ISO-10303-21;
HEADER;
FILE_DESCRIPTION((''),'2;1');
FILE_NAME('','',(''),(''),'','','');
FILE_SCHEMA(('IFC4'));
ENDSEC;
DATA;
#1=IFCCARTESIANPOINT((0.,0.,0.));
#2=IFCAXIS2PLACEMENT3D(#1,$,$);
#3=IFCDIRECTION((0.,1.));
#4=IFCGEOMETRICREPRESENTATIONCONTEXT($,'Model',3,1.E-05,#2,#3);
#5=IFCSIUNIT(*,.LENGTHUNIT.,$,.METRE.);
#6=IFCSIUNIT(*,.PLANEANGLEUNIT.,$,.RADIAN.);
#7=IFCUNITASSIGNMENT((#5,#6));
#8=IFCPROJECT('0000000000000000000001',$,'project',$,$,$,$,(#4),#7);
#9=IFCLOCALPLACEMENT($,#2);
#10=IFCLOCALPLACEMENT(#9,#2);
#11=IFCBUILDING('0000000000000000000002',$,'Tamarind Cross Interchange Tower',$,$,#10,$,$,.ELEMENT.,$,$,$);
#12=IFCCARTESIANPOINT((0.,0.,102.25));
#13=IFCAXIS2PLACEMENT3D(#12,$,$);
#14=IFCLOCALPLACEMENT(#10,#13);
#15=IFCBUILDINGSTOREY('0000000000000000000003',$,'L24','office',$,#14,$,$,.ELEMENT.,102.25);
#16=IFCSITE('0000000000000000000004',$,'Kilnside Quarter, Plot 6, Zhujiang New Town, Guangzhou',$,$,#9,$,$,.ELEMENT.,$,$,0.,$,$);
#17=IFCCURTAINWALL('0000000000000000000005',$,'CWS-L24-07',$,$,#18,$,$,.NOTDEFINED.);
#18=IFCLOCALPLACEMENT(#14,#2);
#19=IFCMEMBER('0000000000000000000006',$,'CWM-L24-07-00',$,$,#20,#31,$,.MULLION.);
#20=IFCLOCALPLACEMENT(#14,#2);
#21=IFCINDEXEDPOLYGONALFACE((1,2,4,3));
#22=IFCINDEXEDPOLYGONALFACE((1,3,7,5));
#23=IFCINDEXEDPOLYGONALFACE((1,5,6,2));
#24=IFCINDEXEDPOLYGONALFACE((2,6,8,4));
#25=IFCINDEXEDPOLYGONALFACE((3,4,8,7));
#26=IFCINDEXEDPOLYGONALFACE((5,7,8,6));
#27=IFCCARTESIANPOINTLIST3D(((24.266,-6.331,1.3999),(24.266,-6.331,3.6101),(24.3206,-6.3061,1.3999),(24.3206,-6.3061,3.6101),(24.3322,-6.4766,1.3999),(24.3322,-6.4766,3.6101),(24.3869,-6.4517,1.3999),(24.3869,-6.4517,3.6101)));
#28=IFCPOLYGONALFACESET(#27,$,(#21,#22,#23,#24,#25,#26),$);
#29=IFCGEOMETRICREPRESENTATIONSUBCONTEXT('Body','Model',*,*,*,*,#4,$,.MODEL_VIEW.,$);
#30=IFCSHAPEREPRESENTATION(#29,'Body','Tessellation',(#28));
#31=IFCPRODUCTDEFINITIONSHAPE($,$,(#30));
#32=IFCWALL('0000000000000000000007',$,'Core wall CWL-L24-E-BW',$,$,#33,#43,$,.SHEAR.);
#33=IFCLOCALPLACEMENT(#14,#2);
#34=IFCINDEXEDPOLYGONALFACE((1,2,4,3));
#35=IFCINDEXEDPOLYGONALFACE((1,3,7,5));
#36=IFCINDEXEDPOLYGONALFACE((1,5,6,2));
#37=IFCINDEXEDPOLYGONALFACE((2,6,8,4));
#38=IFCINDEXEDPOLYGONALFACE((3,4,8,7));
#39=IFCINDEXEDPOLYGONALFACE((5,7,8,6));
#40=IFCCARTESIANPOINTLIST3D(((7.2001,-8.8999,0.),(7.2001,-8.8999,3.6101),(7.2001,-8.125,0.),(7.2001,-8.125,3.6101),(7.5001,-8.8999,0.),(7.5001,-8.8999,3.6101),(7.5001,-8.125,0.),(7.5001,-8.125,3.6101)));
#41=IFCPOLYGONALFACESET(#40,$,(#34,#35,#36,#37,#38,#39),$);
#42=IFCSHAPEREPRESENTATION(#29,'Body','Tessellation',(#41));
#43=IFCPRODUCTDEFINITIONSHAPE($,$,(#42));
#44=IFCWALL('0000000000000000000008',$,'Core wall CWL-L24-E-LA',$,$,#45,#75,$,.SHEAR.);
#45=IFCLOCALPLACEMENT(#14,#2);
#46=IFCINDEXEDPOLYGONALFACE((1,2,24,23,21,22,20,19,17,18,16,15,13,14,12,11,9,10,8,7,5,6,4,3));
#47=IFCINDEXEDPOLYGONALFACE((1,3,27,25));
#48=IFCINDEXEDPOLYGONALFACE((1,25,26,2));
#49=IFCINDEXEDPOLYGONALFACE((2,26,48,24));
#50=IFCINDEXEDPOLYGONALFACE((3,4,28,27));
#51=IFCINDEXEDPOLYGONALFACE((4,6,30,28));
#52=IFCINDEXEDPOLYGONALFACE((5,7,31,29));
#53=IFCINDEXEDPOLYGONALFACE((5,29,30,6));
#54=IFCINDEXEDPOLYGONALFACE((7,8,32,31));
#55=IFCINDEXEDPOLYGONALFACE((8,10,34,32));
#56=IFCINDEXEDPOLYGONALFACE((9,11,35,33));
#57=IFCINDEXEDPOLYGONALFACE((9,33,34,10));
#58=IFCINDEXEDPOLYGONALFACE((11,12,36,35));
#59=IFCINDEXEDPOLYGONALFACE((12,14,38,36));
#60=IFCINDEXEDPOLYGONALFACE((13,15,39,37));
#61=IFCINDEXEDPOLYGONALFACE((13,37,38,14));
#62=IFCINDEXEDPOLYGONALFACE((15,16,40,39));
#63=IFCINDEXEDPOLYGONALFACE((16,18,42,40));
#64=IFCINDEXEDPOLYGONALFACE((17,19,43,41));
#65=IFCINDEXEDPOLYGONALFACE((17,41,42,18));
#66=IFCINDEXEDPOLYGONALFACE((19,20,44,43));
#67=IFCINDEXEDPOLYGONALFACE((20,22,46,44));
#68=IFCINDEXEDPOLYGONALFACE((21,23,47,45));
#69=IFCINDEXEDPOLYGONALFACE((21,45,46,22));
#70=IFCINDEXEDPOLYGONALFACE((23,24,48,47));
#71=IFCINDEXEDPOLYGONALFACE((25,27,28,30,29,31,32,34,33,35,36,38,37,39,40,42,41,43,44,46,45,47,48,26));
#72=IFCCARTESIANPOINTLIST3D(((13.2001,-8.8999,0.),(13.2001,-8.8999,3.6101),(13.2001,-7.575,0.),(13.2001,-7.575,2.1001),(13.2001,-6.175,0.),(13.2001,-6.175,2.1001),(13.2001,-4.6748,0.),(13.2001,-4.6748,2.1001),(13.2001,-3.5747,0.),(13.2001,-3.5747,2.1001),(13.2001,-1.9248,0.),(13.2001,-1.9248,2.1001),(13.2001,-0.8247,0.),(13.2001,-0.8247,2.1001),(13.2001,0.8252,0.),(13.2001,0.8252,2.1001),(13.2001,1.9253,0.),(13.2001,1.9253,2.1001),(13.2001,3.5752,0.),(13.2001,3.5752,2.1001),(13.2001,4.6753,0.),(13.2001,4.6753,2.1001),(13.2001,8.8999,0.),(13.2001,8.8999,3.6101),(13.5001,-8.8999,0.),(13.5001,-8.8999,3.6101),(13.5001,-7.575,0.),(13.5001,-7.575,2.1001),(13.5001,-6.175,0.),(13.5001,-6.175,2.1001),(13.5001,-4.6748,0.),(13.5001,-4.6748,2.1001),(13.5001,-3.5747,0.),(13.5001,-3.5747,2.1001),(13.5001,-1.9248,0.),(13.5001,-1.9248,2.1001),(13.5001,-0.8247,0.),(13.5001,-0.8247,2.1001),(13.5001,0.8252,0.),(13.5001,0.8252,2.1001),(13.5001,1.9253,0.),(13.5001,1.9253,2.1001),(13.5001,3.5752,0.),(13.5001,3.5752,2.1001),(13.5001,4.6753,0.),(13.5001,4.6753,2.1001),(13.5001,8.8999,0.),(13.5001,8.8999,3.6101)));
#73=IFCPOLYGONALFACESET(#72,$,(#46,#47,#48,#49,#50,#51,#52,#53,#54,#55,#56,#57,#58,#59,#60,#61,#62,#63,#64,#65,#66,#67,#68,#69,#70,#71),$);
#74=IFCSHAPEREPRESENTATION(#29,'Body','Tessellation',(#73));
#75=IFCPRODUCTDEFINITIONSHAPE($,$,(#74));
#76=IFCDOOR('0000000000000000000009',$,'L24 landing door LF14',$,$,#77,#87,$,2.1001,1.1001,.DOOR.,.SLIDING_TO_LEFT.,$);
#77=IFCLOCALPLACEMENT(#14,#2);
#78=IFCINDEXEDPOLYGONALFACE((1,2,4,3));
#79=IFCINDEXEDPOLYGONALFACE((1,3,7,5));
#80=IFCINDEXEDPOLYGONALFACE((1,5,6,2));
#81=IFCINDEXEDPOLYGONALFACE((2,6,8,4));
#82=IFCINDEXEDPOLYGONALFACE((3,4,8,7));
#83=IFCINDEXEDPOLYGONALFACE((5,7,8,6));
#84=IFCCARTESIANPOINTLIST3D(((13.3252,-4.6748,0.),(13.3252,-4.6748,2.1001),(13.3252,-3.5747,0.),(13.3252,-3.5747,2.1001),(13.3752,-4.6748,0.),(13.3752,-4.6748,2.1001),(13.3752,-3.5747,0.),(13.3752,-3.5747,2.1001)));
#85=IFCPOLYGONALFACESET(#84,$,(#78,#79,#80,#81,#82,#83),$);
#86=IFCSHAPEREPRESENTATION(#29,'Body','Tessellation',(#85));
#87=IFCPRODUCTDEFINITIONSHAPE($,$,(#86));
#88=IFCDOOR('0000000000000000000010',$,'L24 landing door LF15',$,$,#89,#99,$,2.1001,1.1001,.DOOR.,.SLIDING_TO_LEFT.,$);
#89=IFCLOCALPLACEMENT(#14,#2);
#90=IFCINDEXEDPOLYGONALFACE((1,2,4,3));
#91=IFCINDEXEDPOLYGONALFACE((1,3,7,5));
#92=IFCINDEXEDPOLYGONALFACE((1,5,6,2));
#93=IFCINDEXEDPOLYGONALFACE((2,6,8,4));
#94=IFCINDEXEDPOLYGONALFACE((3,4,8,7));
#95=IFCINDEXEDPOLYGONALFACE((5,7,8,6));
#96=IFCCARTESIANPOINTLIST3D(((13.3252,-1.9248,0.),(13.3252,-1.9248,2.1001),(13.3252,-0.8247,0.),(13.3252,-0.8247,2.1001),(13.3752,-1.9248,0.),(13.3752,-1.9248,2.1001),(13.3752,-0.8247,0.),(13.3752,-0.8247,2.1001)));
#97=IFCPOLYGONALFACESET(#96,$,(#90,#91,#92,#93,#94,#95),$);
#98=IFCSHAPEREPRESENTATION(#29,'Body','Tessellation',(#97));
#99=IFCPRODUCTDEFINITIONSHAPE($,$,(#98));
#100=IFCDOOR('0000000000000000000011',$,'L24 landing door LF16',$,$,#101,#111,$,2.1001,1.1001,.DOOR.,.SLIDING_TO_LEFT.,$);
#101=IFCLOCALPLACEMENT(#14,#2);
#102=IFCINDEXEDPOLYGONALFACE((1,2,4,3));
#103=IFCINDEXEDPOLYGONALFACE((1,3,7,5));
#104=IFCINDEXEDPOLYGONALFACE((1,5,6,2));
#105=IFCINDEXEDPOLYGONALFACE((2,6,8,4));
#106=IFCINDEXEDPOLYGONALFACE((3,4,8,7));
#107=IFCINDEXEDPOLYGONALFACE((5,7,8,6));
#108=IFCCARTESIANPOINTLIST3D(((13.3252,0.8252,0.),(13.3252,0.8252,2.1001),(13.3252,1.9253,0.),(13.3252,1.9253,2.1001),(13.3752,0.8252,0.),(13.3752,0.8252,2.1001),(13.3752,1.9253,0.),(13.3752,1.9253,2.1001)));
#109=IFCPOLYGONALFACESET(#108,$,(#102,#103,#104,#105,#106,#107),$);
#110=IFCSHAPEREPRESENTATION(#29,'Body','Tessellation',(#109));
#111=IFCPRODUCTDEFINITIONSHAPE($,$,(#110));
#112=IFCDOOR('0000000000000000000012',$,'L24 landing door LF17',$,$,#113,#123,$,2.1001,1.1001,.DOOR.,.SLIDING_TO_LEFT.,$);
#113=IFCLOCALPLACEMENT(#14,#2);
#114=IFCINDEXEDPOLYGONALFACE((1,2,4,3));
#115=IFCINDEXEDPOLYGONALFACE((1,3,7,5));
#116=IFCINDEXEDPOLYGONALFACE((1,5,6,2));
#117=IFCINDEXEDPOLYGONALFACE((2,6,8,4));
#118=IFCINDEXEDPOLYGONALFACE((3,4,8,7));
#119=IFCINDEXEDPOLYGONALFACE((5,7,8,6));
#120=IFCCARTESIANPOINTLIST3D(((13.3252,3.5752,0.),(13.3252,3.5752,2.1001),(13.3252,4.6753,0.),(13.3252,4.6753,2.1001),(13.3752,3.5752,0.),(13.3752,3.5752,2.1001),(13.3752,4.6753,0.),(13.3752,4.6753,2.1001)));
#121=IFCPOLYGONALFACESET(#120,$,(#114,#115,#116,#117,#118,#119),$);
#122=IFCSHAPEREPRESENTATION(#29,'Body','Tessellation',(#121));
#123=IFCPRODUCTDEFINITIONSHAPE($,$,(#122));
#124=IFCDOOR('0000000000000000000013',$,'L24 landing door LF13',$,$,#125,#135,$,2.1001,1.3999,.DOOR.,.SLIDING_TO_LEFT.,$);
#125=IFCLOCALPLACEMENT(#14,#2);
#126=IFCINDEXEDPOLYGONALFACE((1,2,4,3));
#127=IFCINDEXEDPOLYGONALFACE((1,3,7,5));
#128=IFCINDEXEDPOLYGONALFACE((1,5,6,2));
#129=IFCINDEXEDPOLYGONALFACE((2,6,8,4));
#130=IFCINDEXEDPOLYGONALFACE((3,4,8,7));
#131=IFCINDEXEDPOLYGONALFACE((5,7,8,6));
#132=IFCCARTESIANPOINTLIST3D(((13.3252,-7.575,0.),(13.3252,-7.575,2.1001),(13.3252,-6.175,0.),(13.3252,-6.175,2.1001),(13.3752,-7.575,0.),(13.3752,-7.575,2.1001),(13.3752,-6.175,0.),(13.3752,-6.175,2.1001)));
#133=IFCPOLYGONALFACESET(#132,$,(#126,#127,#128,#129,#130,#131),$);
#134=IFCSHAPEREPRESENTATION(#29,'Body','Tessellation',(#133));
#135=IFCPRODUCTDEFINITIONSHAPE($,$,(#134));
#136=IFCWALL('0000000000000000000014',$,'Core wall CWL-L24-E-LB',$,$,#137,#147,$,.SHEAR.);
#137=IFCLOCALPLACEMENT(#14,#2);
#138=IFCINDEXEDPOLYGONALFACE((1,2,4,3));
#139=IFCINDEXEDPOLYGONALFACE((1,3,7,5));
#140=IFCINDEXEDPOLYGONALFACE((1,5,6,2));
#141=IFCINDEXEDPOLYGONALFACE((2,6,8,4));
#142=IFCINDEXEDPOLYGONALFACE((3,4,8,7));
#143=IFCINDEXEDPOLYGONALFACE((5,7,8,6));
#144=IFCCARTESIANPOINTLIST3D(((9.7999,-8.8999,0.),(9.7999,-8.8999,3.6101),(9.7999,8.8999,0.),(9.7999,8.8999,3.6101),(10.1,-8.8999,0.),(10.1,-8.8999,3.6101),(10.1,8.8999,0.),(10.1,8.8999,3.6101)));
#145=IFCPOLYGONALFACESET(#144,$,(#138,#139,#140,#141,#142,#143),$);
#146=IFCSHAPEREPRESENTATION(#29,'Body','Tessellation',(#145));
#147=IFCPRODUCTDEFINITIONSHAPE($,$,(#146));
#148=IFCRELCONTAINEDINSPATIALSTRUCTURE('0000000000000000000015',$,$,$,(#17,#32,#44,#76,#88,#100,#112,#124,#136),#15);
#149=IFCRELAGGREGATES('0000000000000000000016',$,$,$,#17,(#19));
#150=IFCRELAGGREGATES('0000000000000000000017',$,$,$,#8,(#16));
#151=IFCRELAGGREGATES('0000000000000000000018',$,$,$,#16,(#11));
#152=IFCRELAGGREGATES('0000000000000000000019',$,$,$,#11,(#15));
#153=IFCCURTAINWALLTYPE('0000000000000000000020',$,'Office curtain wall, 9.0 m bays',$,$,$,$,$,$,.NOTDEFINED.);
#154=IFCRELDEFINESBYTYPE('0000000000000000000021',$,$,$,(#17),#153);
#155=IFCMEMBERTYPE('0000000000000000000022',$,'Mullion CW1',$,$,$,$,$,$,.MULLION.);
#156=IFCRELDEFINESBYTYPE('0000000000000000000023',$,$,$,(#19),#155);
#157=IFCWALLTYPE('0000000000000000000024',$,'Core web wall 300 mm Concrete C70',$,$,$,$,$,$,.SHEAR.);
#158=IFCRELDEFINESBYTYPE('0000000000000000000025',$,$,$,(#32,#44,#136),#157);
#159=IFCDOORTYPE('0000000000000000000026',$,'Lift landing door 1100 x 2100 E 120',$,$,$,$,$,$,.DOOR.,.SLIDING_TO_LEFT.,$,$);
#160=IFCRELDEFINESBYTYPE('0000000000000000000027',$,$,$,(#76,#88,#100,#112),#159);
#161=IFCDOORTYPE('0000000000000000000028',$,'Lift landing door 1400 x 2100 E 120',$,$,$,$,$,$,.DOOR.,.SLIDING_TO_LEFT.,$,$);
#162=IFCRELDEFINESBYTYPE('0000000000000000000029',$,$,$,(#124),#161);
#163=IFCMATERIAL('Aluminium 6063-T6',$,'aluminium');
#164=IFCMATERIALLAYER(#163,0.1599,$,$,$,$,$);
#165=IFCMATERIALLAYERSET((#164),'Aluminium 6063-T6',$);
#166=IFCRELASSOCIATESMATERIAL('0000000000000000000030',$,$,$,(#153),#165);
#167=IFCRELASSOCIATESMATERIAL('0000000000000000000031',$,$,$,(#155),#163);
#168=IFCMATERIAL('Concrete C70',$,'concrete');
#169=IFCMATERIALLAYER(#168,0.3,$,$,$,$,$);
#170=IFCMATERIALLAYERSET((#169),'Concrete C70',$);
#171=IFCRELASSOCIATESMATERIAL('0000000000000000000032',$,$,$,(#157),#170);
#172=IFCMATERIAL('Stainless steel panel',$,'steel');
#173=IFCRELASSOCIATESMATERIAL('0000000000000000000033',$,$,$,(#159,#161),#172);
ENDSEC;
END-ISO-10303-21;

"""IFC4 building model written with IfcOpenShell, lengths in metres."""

from ifc_helpers import new_model, si_unit, direction, frame, frame_2d, origin, origin_2d, place, context, subcontext, project, spatial, rectangle, extrude, material, layer, layer_set, material_profile, profile_set, type_object, element, fill, aggregate, save


model = new_model("IFC4")

# Units and contexts
model_context = context("Model", 3, precision=1e-05, world=origin(), true_north=direction((0.0, 1.0)))
body_context = subcontext(model_context, "Body", "Model", "MODEL_VIEW")
ifc_project = project(units=[si_unit("LENGTHUNIT", "METRE"), si_unit("PLANEANGLEUNIT", "RADIAN")], contexts=[model_context])

# Site, building, storey
site_placement = place(None, origin())
site = spatial("IfcSite", under=ifc_project, at=site_placement, Name="Kilnside Quarter, Plot 6, Zhujiang New Town, Guangzhou", CompositionType="ELEMENT", RefElevation=0.0)
building_placement = place(site_placement, origin())
building = spatial("IfcBuilding", under=site, at=building_placement, Name="Tamarind Cross Interchange Tower", CompositionType="ELEMENT")
storey_placement = place(building_placement, frame((0.0, 0.0, 102.25)))
storey = spatial("IfcBuildingStorey", under=building, at=storey_placement, Name="L24", Description="office", CompositionType="ELEMENT", Elevation=102.25)

# Curtain wall, member
ifc_material_1 = material(Name="Aluminium 6063-T6", Category="aluminium")
ifc_layer_1 = layer(ifc_material_1, 0.1599)
ifc_layer_set_1 = layer_set([ifc_layer_1], Name="Aluminium 6063-T6")
curtain_wall_type = type_object("IfcCurtainWallType", Name="Office curtain wall, 9.0 m bays", PredefinedType="NOTDEFINED", material=ifc_layer_set_1)
curtain_wall_placement = place(storey_placement, origin())
curtain_wall = element("IfcCurtainWall", 1, at=curtain_wall_placement, inside=storey, type_object=curtain_wall_type, Name="CWS-L24-07", PredefinedType="NOTDEFINED")
ifc_material_profile_1 = material_profile(ifc_material_1, rectangle(XDim=0.0601, YDim=0.1599, at=origin_2d()), Name="Mullion CW1")
ifc_profile_set_1 = profile_set([ifc_material_profile_1], Name="Aluminium 6063-T6")
member_type = type_object("IfcMemberType", Name="Mullion CW1", PredefinedType="MULLION", material=ifc_profile_set_1)
member_placement = place(storey_placement, frame((24.3264, -6.3914, 1.3999), z_axis=(0.0, 0.0, 1.0), x_axis=(0.910165, 0.414246, 0.0)))
member = element("IfcMember", 2, at=member_placement, type_object=member_type, Name="CWM-L24-07-00", PredefinedType="MULLION", context=body_context, shape_type="SweptSolid", body=[
    extrude(rectangle(XDim=0.0601, YDim=0.1599, at=origin_2d()), origin(), (0.0, 0.0, 1.0), 2.2102),
])
aggregate(curtain_wall, [member])

# Wall
ifc_material_2 = material(Name="Concrete C70", Category="concrete")
ifc_layer_2 = layer(ifc_material_2, 0.3)
ifc_layer_set_2 = layer_set([ifc_layer_2], Name="Concrete C70")
wall_type_1 = type_object("IfcWallType", Name="Core web wall 300 mm Concrete C70", PredefinedType="SHEAR", material=ifc_layer_set_2)
wall_1_placement = place(storey_placement, frame((7.3501, -8.8999, 0.0), z_axis=(0.0, 0.0, 1.0), x_axis=(0.0, 1.0, 0.0)))
element("IfcWall", 3, at=wall_1_placement, inside=storey, type_object=wall_type_1, Name="Core wall CWL-L24-E-BW", PredefinedType="SHEAR", context=body_context, shape_type="SweptSolid", body=[
    extrude(rectangle(XDim=0.7749, YDim=0.3, at=frame_2d((0.3875, 0.0))), origin(), (0.0, 0.0, 1.0), 3.6101),
])

# Wall, openings, doors
wall_2_placement = place(storey_placement, frame((13.3501, -8.8999, 0.0), z_axis=(0.0, 0.0, 1.0), x_axis=(0.0, 1.0, 0.0)))
wall_2 = element("IfcWall", 4, at=wall_2_placement, inside=storey, type_object=wall_type_1, Name="Core wall CWL-L24-E-LA", PredefinedType="SHEAR", context=body_context, shape_type="SweptSolid", body=[
    extrude(rectangle(XDim=17.7998, YDim=0.3, at=frame_2d((8.8999, 0.0))), origin(), (0.0, 0.0, 1.0), 3.6101),
])
opening_1_placement = place(wall_2_placement, frame((1.325, 0.0, 0.0)))
opening_1 = element("IfcOpeningElement", 5, at=opening_1_placement, cuts=wall_2, PredefinedType="OPENING", context=body_context, shape_type="SweptSolid", body=[
    extrude(rectangle(XDim=1.3999, YDim=2.1001, at=frame_2d((0.7, 1.05))), frame((0.0, 0.1599, 0.0), z_axis=(0.0, -1.0, 0.0), x_axis=(1.0, 0.0, 0.0)), (0.0, 0.0, 1.0), 0.3201),
])
opening_2_placement = place(wall_2_placement, frame((4.2251, 0.0, 0.0)))
opening_2 = element("IfcOpeningElement", 6, at=opening_2_placement, cuts=wall_2, PredefinedType="OPENING", context=body_context, shape_type="SweptSolid", body=[
    extrude(rectangle(XDim=1.1001, YDim=2.1001, at=frame_2d((0.55, 1.05))), frame((0.0, 0.1599, 0.0), z_axis=(0.0, -1.0, 0.0), x_axis=(1.0, 0.0, 0.0)), (0.0, 0.0, 1.0), 0.3201),
])
opening_3_placement = place(wall_2_placement, frame((6.9751, 0.0, 0.0)))
opening_3 = element("IfcOpeningElement", 7, at=opening_3_placement, cuts=wall_2, PredefinedType="OPENING", context=body_context, shape_type="SweptSolid", body=[
    extrude(rectangle(XDim=1.1001, YDim=2.1001, at=frame_2d((0.55, 1.05))), frame((0.0, 0.1599, 0.0), z_axis=(0.0, -1.0, 0.0), x_axis=(1.0, 0.0, 0.0)), (0.0, 0.0, 1.0), 0.3201),
])
opening_4_placement = place(wall_2_placement, frame((9.7251, 0.0, 0.0)))
opening_4 = element("IfcOpeningElement", 8, at=opening_4_placement, cuts=wall_2, PredefinedType="OPENING", context=body_context, shape_type="SweptSolid", body=[
    extrude(rectangle(XDim=1.1001, YDim=2.1001, at=frame_2d((0.55, 1.05))), frame((0.0, 0.1599, 0.0), z_axis=(0.0, -1.0, 0.0), x_axis=(1.0, 0.0, 0.0)), (0.0, 0.0, 1.0), 0.3201),
])
opening_5_placement = place(wall_2_placement, frame((12.4751, 0.0, 0.0)))
opening_5 = element("IfcOpeningElement", 9, at=opening_5_placement, cuts=wall_2, PredefinedType="OPENING", context=body_context, shape_type="SweptSolid", body=[
    extrude(rectangle(XDim=1.1001, YDim=2.1001, at=frame_2d((0.55, 1.05))), frame((0.0, 0.1599, 0.0), z_axis=(0.0, -1.0, 0.0), x_axis=(1.0, 0.0, 0.0)), (0.0, 0.0, 1.0), 0.3201),
])
ifc_material_3 = material(Name="Stainless steel panel", Category="steel")
door_type_1 = type_object("IfcDoorType", Name="Lift landing door 1100 x 2100 E 120", OperationType="SLIDING_TO_LEFT", PredefinedType="DOOR", material=ifc_material_3)
door_1_placement = place(opening_2_placement, origin())
door_1 = element("IfcDoor", 10, at=door_1_placement, inside=storey, type_object=door_type_1, Name="L24 landing door LF14", OperationType="SLIDING_TO_LEFT", OverallHeight=2.1001, OverallWidth=1.1001, PredefinedType="DOOR", context=body_context, shape_type="SweptSolid", body=[
    extrude(rectangle(XDim=1.1001, YDim=2.1001, at=frame_2d((0.55, 1.05))), frame((0.0, 0.0249, 0.0), z_axis=(0.0, -1.0, 0.0), x_axis=(1.0, 0.0, 0.0)), (0.0, 0.0, 1.0), 0.05),
])
fill(opening_2, door_1)
door_2_placement = place(opening_3_placement, origin())
door_2 = element("IfcDoor", 11, at=door_2_placement, inside=storey, type_object=door_type_1, Name="L24 landing door LF15", OperationType="SLIDING_TO_LEFT", OverallHeight=2.1001, OverallWidth=1.1001, PredefinedType="DOOR", context=body_context, shape_type="SweptSolid", body=[
    extrude(rectangle(XDim=1.1001, YDim=2.1001, at=frame_2d((0.55, 1.05))), frame((0.0, 0.0249, 0.0), z_axis=(0.0, -1.0, 0.0), x_axis=(1.0, 0.0, 0.0)), (0.0, 0.0, 1.0), 0.05),
])
fill(opening_3, door_2)
door_3_placement = place(opening_4_placement, origin())
door_3 = element("IfcDoor", 12, at=door_3_placement, inside=storey, type_object=door_type_1, Name="L24 landing door LF16", OperationType="SLIDING_TO_LEFT", OverallHeight=2.1001, OverallWidth=1.1001, PredefinedType="DOOR", context=body_context, shape_type="SweptSolid", body=[
    extrude(rectangle(XDim=1.1001, YDim=2.1001, at=frame_2d((0.55, 1.05))), frame((0.0, 0.0249, 0.0), z_axis=(0.0, -1.0, 0.0), x_axis=(1.0, 0.0, 0.0)), (0.0, 0.0, 1.0), 0.05),
])
fill(opening_4, door_3)
door_4_placement = place(opening_5_placement, origin())
door_4 = element("IfcDoor", 13, at=door_4_placement, inside=storey, type_object=door_type_1, Name="L24 landing door LF17", OperationType="SLIDING_TO_LEFT", OverallHeight=2.1001, OverallWidth=1.1001, PredefinedType="DOOR", context=body_context, shape_type="SweptSolid", body=[
    extrude(rectangle(XDim=1.1001, YDim=2.1001, at=frame_2d((0.55, 1.05))), frame((0.0, 0.0249, 0.0), z_axis=(0.0, -1.0, 0.0), x_axis=(1.0, 0.0, 0.0)), (0.0, 0.0, 1.0), 0.05),
])
fill(opening_5, door_4)
door_type_2 = type_object("IfcDoorType", Name="Lift landing door 1400 x 2100 E 120", OperationType="SLIDING_TO_LEFT", PredefinedType="DOOR", material=ifc_material_3)
door_5_placement = place(opening_1_placement, origin())
door_5 = element("IfcDoor", 14, at=door_5_placement, inside=storey, type_object=door_type_2, Name="L24 landing door LF13", OperationType="SLIDING_TO_LEFT", OverallHeight=2.1001, OverallWidth=1.3999, PredefinedType="DOOR", context=body_context, shape_type="SweptSolid", body=[
    extrude(rectangle(XDim=1.3999, YDim=2.1001, at=frame_2d((0.7, 1.05))), frame((0.0, 0.0249, 0.0), z_axis=(0.0, -1.0, 0.0), x_axis=(1.0, 0.0, 0.0)), (0.0, 0.0, 1.0), 0.05),
])
fill(opening_1, door_5)

# Wall
wall_3_placement = place(storey_placement, frame((9.95, -8.8999, 0.0), z_axis=(0.0, 0.0, 1.0), x_axis=(0.0, 1.0, 0.0)))
element("IfcWall", 15, at=wall_3_placement, inside=storey, type_object=wall_type_1, Name="Core wall CWL-L24-E-LB", PredefinedType="SHEAR", context=body_context, shape_type="SweptSolid", body=[
    extrude(rectangle(XDim=17.7998, YDim=0.3, at=frame_2d((8.8999, 0.0))), origin(), (0.0, 0.0, 1.0), 3.6101),
])

save(model, "model.ifc")
